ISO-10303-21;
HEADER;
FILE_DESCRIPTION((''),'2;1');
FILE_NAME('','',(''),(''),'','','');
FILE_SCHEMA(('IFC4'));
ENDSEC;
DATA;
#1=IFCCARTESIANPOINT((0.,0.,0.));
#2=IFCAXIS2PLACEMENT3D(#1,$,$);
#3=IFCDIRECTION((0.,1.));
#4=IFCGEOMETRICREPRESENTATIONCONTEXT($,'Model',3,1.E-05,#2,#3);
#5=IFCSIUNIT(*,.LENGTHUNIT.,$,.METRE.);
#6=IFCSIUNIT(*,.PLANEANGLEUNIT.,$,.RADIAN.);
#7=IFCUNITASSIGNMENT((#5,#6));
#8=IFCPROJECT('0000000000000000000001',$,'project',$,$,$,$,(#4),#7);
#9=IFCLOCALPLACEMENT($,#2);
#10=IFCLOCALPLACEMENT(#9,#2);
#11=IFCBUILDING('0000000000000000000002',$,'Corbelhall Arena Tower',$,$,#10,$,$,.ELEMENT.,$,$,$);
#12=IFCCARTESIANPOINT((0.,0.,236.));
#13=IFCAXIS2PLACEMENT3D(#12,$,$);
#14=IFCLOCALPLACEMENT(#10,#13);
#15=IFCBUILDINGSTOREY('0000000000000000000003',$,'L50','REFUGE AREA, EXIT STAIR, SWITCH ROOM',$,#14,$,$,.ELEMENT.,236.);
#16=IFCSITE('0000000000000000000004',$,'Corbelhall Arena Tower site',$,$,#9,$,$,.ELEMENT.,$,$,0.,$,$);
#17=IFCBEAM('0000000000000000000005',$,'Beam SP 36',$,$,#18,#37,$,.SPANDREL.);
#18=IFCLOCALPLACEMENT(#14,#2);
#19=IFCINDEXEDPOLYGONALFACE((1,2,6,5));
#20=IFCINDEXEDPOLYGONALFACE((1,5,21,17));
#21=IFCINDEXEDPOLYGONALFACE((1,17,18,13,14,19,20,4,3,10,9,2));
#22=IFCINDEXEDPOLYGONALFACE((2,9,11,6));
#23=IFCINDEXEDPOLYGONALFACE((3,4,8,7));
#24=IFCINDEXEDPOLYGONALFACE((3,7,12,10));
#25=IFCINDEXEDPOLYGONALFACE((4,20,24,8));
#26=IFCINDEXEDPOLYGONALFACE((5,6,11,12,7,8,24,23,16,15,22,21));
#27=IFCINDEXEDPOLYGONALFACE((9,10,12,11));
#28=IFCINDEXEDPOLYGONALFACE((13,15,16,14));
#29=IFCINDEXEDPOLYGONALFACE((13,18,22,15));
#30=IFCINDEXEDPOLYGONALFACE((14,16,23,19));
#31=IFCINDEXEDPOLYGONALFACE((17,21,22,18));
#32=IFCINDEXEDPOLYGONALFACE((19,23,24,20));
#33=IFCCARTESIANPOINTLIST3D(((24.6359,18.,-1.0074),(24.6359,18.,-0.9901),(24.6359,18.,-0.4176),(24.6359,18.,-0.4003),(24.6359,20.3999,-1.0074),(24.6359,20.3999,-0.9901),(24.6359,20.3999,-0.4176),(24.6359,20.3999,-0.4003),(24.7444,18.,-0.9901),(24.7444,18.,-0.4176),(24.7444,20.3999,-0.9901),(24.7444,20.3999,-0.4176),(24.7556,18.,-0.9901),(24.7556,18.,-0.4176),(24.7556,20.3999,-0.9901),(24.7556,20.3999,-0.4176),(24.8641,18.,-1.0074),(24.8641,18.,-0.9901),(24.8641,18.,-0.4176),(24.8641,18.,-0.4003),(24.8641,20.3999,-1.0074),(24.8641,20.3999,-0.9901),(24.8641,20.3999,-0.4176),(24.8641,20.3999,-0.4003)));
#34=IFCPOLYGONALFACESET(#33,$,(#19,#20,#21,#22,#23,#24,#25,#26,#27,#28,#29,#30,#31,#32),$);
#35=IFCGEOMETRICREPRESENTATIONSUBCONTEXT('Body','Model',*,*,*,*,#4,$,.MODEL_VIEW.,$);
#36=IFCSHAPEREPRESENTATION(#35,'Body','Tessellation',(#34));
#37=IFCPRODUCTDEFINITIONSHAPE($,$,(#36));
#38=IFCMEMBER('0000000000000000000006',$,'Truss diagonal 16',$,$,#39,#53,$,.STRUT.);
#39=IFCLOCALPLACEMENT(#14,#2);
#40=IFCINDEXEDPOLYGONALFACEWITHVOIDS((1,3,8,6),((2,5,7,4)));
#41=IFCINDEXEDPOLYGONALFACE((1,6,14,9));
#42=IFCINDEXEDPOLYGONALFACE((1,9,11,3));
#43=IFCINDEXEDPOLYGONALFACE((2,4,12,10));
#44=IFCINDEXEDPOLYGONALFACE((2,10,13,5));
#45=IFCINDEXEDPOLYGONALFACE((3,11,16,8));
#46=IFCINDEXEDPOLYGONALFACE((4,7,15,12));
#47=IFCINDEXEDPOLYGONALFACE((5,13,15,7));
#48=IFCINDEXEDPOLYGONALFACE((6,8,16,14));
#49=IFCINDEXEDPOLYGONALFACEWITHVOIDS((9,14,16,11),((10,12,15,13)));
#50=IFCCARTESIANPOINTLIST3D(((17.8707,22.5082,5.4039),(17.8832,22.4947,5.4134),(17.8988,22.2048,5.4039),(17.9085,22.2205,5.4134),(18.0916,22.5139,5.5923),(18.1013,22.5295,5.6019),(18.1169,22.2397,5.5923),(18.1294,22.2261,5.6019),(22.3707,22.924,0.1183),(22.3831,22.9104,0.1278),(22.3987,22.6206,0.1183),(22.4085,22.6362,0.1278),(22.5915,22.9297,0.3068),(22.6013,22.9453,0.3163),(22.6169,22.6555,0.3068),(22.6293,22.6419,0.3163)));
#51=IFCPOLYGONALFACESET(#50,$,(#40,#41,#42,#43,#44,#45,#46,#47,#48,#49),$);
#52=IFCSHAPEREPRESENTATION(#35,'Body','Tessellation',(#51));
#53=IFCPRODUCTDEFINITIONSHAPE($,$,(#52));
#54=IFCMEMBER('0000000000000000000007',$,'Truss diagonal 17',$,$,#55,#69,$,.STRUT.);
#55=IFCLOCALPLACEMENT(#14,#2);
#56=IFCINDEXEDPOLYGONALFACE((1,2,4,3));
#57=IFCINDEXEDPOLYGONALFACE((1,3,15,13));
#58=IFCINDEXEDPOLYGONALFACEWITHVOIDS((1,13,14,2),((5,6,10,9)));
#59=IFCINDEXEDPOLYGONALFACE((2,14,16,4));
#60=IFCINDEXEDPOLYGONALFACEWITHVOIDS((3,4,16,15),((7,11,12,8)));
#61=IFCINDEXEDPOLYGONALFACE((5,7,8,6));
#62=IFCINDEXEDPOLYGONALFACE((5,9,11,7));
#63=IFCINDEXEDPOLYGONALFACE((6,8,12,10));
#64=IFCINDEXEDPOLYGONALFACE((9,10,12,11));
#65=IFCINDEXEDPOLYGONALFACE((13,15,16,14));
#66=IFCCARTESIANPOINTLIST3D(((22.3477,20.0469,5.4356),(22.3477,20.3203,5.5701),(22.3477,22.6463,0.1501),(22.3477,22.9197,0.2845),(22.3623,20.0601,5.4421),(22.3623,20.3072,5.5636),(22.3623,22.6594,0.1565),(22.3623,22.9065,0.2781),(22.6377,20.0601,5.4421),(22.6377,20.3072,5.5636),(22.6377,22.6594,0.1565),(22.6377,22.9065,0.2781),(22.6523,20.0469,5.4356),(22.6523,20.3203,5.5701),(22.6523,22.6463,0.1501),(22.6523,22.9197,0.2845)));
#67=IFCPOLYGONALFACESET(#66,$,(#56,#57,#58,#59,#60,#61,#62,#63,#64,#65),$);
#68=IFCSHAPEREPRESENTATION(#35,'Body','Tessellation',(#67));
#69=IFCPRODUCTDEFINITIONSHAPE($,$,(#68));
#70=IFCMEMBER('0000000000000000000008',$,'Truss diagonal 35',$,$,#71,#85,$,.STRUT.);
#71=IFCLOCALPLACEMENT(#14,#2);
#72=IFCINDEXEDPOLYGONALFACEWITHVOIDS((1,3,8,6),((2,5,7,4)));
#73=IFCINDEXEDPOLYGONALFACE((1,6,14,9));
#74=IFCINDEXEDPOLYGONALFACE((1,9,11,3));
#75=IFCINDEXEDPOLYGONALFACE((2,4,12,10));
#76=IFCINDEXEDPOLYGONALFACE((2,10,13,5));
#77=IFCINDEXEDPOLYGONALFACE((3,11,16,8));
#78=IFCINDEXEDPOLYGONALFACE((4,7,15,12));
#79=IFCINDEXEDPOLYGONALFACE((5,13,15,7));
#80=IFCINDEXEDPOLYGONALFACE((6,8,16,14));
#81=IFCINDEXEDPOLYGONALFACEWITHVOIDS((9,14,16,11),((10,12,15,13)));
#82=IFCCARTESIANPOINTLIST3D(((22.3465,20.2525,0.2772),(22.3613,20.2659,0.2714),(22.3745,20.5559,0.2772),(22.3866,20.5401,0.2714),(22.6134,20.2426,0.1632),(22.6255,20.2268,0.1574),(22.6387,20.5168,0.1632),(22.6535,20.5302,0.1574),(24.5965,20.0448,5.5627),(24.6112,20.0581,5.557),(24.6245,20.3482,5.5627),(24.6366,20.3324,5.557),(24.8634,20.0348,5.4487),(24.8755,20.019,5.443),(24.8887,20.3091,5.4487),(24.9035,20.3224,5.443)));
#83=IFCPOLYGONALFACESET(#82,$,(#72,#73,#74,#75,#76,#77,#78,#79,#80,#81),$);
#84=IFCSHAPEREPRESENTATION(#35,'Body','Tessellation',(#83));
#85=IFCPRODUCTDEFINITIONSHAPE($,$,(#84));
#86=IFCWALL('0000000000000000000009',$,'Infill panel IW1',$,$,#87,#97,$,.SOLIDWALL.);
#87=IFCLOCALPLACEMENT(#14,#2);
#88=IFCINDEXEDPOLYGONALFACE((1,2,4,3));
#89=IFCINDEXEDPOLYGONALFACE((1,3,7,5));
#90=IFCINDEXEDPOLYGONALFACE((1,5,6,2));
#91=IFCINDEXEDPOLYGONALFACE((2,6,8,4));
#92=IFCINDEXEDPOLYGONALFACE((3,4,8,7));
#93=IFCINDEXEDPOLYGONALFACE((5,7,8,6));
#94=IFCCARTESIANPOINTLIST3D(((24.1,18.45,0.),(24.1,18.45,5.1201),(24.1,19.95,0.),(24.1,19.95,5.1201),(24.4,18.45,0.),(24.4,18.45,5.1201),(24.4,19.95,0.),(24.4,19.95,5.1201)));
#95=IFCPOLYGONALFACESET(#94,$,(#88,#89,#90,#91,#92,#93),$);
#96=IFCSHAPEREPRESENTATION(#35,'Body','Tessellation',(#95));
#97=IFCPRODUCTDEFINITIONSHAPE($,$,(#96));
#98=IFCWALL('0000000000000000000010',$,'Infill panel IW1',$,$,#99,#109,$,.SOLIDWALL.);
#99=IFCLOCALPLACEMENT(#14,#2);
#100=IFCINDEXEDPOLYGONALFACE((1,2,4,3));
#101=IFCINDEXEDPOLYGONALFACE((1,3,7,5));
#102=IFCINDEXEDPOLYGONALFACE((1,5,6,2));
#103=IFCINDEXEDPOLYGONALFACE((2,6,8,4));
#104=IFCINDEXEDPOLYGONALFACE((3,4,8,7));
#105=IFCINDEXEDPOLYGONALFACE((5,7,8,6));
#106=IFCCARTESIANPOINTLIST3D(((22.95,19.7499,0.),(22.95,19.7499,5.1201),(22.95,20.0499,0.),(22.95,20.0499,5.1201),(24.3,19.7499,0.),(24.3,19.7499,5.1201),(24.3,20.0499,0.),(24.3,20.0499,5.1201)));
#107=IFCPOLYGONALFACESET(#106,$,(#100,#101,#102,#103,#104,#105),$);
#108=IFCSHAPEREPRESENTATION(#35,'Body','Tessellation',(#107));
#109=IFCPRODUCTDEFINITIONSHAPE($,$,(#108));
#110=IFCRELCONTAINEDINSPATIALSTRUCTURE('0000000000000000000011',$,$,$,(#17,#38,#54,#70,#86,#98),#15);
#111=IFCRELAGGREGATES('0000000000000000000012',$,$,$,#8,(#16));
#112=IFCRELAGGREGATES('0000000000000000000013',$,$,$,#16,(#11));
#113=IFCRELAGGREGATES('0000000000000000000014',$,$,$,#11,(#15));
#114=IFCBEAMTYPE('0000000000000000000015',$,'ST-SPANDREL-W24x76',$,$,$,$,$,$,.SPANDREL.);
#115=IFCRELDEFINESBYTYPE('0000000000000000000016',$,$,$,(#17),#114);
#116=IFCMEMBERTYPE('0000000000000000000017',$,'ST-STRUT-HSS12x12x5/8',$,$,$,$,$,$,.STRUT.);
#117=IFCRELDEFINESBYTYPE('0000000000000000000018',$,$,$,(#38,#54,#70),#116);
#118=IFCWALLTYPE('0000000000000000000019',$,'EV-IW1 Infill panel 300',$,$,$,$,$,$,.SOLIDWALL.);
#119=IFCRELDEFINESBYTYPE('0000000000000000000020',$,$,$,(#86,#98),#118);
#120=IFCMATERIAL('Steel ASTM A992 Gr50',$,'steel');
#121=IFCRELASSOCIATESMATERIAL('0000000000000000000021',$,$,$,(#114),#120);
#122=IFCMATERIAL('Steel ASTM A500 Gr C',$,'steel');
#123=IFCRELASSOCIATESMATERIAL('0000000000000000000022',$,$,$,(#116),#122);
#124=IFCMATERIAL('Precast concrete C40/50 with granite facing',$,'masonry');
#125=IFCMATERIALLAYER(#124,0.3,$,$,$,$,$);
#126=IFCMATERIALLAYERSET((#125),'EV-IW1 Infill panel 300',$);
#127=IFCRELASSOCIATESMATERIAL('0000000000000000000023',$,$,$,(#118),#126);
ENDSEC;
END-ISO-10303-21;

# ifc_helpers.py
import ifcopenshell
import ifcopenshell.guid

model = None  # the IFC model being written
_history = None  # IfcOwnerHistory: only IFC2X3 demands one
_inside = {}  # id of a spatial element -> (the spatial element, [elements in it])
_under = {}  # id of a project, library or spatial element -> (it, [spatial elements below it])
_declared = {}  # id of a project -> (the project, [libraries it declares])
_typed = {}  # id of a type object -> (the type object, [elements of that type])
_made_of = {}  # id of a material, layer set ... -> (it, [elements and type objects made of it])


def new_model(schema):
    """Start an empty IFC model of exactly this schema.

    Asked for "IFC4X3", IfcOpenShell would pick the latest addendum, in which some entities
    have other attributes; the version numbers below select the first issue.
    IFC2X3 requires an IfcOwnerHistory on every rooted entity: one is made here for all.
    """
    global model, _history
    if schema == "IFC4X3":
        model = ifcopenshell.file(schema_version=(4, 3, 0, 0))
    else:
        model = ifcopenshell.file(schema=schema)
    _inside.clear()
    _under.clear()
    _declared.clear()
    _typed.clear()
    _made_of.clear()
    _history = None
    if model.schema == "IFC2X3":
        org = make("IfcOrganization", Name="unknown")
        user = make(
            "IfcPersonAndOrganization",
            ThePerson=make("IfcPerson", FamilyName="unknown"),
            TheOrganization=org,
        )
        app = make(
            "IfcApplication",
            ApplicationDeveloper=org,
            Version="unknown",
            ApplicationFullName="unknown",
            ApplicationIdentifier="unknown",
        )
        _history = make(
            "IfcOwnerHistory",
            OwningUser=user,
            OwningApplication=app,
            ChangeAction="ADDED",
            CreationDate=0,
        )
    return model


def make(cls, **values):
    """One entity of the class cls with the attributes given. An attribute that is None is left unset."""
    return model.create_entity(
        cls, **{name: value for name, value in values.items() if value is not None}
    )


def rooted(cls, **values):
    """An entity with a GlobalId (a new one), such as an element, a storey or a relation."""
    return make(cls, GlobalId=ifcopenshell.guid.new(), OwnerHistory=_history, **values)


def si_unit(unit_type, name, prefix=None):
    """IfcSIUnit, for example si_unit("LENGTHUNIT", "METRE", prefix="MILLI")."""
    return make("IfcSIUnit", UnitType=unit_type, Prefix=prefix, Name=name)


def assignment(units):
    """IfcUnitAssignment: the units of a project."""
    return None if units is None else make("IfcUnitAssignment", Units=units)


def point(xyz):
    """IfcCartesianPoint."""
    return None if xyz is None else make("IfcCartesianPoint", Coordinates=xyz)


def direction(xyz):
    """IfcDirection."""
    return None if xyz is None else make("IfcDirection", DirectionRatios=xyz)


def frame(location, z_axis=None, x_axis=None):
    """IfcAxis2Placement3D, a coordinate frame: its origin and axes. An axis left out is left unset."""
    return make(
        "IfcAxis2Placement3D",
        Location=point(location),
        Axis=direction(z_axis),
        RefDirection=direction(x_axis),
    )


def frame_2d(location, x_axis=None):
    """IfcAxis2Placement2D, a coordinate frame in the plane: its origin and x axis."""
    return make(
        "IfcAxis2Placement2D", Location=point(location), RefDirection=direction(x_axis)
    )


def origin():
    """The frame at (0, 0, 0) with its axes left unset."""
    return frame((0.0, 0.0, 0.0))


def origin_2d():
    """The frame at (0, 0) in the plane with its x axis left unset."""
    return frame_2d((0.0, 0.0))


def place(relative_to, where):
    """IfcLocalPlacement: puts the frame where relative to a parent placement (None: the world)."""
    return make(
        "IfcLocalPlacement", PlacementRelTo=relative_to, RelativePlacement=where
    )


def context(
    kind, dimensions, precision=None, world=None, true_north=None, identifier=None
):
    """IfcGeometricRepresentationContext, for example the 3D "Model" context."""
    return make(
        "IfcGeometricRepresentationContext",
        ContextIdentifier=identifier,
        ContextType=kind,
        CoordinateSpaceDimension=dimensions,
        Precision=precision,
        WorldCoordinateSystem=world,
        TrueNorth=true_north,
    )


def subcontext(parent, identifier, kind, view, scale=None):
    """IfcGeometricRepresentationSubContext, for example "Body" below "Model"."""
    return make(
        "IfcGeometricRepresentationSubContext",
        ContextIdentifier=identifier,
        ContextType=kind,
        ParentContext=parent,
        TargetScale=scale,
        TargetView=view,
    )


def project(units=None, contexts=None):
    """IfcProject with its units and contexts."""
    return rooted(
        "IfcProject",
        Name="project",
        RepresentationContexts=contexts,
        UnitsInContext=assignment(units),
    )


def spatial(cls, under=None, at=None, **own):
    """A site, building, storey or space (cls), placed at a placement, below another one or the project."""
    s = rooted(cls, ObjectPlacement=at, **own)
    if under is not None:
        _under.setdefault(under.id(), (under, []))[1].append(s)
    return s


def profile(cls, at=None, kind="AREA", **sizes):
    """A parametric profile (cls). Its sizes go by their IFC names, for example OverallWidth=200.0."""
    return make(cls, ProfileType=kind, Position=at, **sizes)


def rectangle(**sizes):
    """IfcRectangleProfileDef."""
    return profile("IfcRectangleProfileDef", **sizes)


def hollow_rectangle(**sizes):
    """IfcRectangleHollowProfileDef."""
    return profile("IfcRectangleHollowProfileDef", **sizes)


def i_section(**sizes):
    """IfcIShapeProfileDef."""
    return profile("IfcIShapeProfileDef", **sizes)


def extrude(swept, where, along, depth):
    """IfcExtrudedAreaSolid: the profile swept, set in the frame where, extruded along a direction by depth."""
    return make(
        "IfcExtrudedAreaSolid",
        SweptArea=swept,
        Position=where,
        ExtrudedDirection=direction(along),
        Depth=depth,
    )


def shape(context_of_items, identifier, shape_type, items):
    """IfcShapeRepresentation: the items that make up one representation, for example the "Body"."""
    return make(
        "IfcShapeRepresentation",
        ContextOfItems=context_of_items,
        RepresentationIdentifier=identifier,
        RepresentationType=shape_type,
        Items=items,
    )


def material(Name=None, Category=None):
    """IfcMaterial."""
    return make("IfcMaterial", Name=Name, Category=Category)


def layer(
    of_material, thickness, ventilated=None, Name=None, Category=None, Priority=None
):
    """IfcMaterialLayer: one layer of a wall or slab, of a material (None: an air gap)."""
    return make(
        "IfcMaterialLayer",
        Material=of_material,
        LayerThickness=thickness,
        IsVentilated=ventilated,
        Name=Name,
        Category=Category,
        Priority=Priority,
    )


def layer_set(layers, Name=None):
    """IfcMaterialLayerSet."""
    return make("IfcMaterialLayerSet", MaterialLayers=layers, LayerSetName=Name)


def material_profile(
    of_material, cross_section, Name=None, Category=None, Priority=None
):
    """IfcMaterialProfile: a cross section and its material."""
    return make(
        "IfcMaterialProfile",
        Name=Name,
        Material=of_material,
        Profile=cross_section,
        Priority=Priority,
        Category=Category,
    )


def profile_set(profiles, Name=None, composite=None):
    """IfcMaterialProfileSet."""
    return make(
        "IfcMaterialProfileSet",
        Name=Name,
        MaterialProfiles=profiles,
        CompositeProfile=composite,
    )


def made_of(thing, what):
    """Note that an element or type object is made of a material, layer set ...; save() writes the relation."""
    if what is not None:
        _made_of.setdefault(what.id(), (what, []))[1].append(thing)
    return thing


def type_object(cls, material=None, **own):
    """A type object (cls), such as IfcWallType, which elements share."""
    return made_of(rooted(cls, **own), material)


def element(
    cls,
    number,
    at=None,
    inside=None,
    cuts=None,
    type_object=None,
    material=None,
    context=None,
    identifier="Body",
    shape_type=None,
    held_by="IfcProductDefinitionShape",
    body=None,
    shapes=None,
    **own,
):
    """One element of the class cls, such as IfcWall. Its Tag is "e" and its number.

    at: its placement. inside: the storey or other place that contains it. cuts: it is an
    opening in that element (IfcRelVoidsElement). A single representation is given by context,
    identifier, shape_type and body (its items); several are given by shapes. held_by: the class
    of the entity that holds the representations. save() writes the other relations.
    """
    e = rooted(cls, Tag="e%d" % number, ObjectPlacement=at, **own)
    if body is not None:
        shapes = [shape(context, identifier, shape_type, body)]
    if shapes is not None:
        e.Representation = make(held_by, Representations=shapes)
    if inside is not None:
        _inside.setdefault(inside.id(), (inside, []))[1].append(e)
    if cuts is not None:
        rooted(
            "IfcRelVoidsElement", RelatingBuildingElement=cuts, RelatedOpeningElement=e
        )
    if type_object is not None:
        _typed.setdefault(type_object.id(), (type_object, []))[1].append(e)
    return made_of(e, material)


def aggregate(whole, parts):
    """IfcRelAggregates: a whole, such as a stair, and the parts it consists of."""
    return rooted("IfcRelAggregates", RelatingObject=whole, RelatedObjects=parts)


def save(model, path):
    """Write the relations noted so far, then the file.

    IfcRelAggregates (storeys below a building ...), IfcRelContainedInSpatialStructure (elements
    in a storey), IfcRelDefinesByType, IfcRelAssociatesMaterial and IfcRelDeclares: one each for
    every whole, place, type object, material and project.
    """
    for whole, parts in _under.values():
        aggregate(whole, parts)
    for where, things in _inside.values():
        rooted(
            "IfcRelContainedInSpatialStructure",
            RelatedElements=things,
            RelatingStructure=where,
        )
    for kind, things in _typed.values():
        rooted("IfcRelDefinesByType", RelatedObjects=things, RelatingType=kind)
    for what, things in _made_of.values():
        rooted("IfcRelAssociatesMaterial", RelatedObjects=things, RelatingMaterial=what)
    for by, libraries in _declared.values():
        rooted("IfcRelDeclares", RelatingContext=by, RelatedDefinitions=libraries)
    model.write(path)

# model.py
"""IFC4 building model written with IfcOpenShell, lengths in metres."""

from ifc_helpers import new_model, si_unit, direction, frame, frame_2d, origin, origin_2d, place, context, subcontext, project, spatial, rectangle, hollow_rectangle, i_section, extrude, material, layer, layer_set, material_profile, profile_set, type_object, element, save


model = new_model("IFC4")

# Units and contexts
model_context = context("Model", 3, precision=1e-05, world=origin(), true_north=direction((0.0, 1.0)))
body_context = subcontext(model_context, "Body", "Model", "MODEL_VIEW")
ifc_project = project(units=[si_unit("LENGTHUNIT", "METRE"), si_unit("PLANEANGLEUNIT", "RADIAN")], contexts=[model_context])

# Site, building, storey
site_placement = place(None, origin())
site = spatial("IfcSite", under=ifc_project, at=site_placement, Name="Corbelhall Arena Tower site", CompositionType="ELEMENT", RefElevation=0.0)
building_placement = place(site_placement, origin())
building = spatial("IfcBuilding", under=site, at=building_placement, Name="Corbelhall Arena Tower", CompositionType="ELEMENT")
storey_placement = place(building_placement, frame((0.0, 0.0, 236.0)))
storey = spatial("IfcBuildingStorey", under=building, at=storey_placement, Name="L50", Description="REFUGE AREA, EXIT STAIR, SWITCH ROOM", CompositionType="ELEMENT", Elevation=236.0)

# Beam
ifc_material_1 = material(Name="Steel ASTM A992 Gr50", Category="steel")
ifc_material_profile_1 = material_profile(ifc_material_1, i_section(OverallWidth=0.2283, OverallDepth=0.6072, WebThickness=0.0112, FlangeThickness=0.0173, at=origin_2d()))
ifc_profile_set_1 = profile_set([ifc_material_profile_1], Name="Steel ASTM A992 Gr50")
beam_type = type_object("IfcBeamType", Name="ST-SPANDREL-W24x76", PredefinedType="SPANDREL", material=ifc_profile_set_1)
beam_1_placement = place(storey_placement, frame((24.75, 20.3999, -0.7039), z_axis=(0.0, -1.0, 0.0), x_axis=(1.0, 0.0, 0.0)))
element("IfcBeam", 1, at=beam_1_placement, inside=storey, type_object=beam_type, Name="Beam SP 36", PredefinedType="SPANDREL", context=body_context, shape_type="SweptSolid", body=[
    extrude(i_section(OverallWidth=0.2283, OverallDepth=0.6072, WebThickness=0.0112, FlangeThickness=0.0173, at=origin_2d()), origin(), (0.0, 0.0, 1.0), 2.3999),
])

# Members
ifc_material_2 = material(Name="Steel ASTM A500 Gr C", Category="steel")
ifc_material_profile_2 = material_profile(ifc_material_2, hollow_rectangle(XDim=0.3047, YDim=0.3047, WallThickness=0.0146, at=origin_2d()))
ifc_profile_set_2 = profile_set([ifc_material_profile_2], Name="Steel ASTM A500 Gr C")
member_type_1 = type_object("IfcMemberType", Name="ST-STRUT-HSS12x12x5/8", PredefinedType="STRUT", material=ifc_profile_set_2)
member_1_placement = place(storey_placement, frame((22.5, 22.783, 0.2173), z_axis=(-0.647091, -0.059787, 0.760065), x_axis=(0.092002, -0.995759, 0.0)))
element("IfcMember", 2, at=member_1_placement, inside=storey, type_object=member_type_1, Name="Truss diagonal 16", PredefinedType="STRUT", context=body_context, shape_type="SweptSolid", body=[
    extrude(hollow_rectangle(XDim=0.3047, YDim=0.3047, WallThickness=0.0146, at=origin_2d()), origin(), (0.0, 0.0, 1.0), 6.9541),
])
member_2_placement = place(storey_placement, frame((22.5, 22.783, 0.2173), z_axis=(0.0, -0.441302, 0.897359), x_axis=(1.0, 0.0, 0.0)))
element("IfcMember", 3, at=member_2_placement, inside=storey, type_object=member_type_1, Name="Truss diagonal 17", PredefinedType="STRUT", context=body_context, shape_type="SweptSolid", body=[
    extrude(hollow_rectangle(XDim=0.3047, YDim=0.3047, WallThickness=0.0146, at=origin_2d()), origin(), (0.0, 0.0, 1.0), 5.8901),
])
member_3_placement = place(storey_placement, frame((22.5, 20.3914, 0.2173), z_axis=(0.391416, -0.036143, 0.919504), x_axis=(0.091948, 0.995764, 0.0)))
element("IfcMember", 4, at=member_3_placement, inside=storey, type_object=member_type_1, Name="Truss diagonal 35", PredefinedType="STRUT", context=body_context, shape_type="SweptSolid", body=[
    extrude(hollow_rectangle(XDim=0.3047, YDim=0.3047, WallThickness=0.0146, at=origin_2d()), origin(), (0.0, 0.0, 1.0), 5.7483),
])

# Walls
ifc_material_3 = material(Name="Precast concrete C40/50 with granite facing", Category="masonry")
ifc_layer = layer(ifc_material_3, 0.3)
ifc_layer_set = layer_set([ifc_layer], Name="EV-IW1 Infill panel 300")
wall_type = type_object("IfcWallType", Name="EV-IW1 Infill panel 300", PredefinedType="SOLIDWALL", material=ifc_layer_set)
wall_1_placement = place(storey_placement, frame((24.25, 18.45, 0.0), z_axis=(0.0, 0.0, 1.0), x_axis=(0.0, 1.0, 0.0)))
element("IfcWall", 5, at=wall_1_placement, inside=storey, type_object=wall_type, Name="Infill panel IW1", PredefinedType="SOLIDWALL", context=body_context, shape_type="SweptSolid", body=[
    extrude(rectangle(XDim=1.5, YDim=0.3, at=frame_2d((0.75, 0.0))), origin(), (0.0, 0.0, 1.0), 5.1201),
])
wall_2_placement = place(storey_placement, frame((24.3, 19.8999, 0.0), z_axis=(0.0, 0.0, 1.0), x_axis=(-1.0, 0.0, 0.0)))
element("IfcWall", 6, at=wall_2_placement, inside=storey, type_object=wall_type, Name="Infill panel IW1", PredefinedType="SOLIDWALL", context=body_context, shape_type="SweptSolid", body=[
    extrude(rectangle(XDim=1.3501, YDim=0.3, at=frame_2d((0.675, 0.0))), origin(), (0.0, 0.0, 1.0), 5.1201),
])

save(model, "model.ifc")
